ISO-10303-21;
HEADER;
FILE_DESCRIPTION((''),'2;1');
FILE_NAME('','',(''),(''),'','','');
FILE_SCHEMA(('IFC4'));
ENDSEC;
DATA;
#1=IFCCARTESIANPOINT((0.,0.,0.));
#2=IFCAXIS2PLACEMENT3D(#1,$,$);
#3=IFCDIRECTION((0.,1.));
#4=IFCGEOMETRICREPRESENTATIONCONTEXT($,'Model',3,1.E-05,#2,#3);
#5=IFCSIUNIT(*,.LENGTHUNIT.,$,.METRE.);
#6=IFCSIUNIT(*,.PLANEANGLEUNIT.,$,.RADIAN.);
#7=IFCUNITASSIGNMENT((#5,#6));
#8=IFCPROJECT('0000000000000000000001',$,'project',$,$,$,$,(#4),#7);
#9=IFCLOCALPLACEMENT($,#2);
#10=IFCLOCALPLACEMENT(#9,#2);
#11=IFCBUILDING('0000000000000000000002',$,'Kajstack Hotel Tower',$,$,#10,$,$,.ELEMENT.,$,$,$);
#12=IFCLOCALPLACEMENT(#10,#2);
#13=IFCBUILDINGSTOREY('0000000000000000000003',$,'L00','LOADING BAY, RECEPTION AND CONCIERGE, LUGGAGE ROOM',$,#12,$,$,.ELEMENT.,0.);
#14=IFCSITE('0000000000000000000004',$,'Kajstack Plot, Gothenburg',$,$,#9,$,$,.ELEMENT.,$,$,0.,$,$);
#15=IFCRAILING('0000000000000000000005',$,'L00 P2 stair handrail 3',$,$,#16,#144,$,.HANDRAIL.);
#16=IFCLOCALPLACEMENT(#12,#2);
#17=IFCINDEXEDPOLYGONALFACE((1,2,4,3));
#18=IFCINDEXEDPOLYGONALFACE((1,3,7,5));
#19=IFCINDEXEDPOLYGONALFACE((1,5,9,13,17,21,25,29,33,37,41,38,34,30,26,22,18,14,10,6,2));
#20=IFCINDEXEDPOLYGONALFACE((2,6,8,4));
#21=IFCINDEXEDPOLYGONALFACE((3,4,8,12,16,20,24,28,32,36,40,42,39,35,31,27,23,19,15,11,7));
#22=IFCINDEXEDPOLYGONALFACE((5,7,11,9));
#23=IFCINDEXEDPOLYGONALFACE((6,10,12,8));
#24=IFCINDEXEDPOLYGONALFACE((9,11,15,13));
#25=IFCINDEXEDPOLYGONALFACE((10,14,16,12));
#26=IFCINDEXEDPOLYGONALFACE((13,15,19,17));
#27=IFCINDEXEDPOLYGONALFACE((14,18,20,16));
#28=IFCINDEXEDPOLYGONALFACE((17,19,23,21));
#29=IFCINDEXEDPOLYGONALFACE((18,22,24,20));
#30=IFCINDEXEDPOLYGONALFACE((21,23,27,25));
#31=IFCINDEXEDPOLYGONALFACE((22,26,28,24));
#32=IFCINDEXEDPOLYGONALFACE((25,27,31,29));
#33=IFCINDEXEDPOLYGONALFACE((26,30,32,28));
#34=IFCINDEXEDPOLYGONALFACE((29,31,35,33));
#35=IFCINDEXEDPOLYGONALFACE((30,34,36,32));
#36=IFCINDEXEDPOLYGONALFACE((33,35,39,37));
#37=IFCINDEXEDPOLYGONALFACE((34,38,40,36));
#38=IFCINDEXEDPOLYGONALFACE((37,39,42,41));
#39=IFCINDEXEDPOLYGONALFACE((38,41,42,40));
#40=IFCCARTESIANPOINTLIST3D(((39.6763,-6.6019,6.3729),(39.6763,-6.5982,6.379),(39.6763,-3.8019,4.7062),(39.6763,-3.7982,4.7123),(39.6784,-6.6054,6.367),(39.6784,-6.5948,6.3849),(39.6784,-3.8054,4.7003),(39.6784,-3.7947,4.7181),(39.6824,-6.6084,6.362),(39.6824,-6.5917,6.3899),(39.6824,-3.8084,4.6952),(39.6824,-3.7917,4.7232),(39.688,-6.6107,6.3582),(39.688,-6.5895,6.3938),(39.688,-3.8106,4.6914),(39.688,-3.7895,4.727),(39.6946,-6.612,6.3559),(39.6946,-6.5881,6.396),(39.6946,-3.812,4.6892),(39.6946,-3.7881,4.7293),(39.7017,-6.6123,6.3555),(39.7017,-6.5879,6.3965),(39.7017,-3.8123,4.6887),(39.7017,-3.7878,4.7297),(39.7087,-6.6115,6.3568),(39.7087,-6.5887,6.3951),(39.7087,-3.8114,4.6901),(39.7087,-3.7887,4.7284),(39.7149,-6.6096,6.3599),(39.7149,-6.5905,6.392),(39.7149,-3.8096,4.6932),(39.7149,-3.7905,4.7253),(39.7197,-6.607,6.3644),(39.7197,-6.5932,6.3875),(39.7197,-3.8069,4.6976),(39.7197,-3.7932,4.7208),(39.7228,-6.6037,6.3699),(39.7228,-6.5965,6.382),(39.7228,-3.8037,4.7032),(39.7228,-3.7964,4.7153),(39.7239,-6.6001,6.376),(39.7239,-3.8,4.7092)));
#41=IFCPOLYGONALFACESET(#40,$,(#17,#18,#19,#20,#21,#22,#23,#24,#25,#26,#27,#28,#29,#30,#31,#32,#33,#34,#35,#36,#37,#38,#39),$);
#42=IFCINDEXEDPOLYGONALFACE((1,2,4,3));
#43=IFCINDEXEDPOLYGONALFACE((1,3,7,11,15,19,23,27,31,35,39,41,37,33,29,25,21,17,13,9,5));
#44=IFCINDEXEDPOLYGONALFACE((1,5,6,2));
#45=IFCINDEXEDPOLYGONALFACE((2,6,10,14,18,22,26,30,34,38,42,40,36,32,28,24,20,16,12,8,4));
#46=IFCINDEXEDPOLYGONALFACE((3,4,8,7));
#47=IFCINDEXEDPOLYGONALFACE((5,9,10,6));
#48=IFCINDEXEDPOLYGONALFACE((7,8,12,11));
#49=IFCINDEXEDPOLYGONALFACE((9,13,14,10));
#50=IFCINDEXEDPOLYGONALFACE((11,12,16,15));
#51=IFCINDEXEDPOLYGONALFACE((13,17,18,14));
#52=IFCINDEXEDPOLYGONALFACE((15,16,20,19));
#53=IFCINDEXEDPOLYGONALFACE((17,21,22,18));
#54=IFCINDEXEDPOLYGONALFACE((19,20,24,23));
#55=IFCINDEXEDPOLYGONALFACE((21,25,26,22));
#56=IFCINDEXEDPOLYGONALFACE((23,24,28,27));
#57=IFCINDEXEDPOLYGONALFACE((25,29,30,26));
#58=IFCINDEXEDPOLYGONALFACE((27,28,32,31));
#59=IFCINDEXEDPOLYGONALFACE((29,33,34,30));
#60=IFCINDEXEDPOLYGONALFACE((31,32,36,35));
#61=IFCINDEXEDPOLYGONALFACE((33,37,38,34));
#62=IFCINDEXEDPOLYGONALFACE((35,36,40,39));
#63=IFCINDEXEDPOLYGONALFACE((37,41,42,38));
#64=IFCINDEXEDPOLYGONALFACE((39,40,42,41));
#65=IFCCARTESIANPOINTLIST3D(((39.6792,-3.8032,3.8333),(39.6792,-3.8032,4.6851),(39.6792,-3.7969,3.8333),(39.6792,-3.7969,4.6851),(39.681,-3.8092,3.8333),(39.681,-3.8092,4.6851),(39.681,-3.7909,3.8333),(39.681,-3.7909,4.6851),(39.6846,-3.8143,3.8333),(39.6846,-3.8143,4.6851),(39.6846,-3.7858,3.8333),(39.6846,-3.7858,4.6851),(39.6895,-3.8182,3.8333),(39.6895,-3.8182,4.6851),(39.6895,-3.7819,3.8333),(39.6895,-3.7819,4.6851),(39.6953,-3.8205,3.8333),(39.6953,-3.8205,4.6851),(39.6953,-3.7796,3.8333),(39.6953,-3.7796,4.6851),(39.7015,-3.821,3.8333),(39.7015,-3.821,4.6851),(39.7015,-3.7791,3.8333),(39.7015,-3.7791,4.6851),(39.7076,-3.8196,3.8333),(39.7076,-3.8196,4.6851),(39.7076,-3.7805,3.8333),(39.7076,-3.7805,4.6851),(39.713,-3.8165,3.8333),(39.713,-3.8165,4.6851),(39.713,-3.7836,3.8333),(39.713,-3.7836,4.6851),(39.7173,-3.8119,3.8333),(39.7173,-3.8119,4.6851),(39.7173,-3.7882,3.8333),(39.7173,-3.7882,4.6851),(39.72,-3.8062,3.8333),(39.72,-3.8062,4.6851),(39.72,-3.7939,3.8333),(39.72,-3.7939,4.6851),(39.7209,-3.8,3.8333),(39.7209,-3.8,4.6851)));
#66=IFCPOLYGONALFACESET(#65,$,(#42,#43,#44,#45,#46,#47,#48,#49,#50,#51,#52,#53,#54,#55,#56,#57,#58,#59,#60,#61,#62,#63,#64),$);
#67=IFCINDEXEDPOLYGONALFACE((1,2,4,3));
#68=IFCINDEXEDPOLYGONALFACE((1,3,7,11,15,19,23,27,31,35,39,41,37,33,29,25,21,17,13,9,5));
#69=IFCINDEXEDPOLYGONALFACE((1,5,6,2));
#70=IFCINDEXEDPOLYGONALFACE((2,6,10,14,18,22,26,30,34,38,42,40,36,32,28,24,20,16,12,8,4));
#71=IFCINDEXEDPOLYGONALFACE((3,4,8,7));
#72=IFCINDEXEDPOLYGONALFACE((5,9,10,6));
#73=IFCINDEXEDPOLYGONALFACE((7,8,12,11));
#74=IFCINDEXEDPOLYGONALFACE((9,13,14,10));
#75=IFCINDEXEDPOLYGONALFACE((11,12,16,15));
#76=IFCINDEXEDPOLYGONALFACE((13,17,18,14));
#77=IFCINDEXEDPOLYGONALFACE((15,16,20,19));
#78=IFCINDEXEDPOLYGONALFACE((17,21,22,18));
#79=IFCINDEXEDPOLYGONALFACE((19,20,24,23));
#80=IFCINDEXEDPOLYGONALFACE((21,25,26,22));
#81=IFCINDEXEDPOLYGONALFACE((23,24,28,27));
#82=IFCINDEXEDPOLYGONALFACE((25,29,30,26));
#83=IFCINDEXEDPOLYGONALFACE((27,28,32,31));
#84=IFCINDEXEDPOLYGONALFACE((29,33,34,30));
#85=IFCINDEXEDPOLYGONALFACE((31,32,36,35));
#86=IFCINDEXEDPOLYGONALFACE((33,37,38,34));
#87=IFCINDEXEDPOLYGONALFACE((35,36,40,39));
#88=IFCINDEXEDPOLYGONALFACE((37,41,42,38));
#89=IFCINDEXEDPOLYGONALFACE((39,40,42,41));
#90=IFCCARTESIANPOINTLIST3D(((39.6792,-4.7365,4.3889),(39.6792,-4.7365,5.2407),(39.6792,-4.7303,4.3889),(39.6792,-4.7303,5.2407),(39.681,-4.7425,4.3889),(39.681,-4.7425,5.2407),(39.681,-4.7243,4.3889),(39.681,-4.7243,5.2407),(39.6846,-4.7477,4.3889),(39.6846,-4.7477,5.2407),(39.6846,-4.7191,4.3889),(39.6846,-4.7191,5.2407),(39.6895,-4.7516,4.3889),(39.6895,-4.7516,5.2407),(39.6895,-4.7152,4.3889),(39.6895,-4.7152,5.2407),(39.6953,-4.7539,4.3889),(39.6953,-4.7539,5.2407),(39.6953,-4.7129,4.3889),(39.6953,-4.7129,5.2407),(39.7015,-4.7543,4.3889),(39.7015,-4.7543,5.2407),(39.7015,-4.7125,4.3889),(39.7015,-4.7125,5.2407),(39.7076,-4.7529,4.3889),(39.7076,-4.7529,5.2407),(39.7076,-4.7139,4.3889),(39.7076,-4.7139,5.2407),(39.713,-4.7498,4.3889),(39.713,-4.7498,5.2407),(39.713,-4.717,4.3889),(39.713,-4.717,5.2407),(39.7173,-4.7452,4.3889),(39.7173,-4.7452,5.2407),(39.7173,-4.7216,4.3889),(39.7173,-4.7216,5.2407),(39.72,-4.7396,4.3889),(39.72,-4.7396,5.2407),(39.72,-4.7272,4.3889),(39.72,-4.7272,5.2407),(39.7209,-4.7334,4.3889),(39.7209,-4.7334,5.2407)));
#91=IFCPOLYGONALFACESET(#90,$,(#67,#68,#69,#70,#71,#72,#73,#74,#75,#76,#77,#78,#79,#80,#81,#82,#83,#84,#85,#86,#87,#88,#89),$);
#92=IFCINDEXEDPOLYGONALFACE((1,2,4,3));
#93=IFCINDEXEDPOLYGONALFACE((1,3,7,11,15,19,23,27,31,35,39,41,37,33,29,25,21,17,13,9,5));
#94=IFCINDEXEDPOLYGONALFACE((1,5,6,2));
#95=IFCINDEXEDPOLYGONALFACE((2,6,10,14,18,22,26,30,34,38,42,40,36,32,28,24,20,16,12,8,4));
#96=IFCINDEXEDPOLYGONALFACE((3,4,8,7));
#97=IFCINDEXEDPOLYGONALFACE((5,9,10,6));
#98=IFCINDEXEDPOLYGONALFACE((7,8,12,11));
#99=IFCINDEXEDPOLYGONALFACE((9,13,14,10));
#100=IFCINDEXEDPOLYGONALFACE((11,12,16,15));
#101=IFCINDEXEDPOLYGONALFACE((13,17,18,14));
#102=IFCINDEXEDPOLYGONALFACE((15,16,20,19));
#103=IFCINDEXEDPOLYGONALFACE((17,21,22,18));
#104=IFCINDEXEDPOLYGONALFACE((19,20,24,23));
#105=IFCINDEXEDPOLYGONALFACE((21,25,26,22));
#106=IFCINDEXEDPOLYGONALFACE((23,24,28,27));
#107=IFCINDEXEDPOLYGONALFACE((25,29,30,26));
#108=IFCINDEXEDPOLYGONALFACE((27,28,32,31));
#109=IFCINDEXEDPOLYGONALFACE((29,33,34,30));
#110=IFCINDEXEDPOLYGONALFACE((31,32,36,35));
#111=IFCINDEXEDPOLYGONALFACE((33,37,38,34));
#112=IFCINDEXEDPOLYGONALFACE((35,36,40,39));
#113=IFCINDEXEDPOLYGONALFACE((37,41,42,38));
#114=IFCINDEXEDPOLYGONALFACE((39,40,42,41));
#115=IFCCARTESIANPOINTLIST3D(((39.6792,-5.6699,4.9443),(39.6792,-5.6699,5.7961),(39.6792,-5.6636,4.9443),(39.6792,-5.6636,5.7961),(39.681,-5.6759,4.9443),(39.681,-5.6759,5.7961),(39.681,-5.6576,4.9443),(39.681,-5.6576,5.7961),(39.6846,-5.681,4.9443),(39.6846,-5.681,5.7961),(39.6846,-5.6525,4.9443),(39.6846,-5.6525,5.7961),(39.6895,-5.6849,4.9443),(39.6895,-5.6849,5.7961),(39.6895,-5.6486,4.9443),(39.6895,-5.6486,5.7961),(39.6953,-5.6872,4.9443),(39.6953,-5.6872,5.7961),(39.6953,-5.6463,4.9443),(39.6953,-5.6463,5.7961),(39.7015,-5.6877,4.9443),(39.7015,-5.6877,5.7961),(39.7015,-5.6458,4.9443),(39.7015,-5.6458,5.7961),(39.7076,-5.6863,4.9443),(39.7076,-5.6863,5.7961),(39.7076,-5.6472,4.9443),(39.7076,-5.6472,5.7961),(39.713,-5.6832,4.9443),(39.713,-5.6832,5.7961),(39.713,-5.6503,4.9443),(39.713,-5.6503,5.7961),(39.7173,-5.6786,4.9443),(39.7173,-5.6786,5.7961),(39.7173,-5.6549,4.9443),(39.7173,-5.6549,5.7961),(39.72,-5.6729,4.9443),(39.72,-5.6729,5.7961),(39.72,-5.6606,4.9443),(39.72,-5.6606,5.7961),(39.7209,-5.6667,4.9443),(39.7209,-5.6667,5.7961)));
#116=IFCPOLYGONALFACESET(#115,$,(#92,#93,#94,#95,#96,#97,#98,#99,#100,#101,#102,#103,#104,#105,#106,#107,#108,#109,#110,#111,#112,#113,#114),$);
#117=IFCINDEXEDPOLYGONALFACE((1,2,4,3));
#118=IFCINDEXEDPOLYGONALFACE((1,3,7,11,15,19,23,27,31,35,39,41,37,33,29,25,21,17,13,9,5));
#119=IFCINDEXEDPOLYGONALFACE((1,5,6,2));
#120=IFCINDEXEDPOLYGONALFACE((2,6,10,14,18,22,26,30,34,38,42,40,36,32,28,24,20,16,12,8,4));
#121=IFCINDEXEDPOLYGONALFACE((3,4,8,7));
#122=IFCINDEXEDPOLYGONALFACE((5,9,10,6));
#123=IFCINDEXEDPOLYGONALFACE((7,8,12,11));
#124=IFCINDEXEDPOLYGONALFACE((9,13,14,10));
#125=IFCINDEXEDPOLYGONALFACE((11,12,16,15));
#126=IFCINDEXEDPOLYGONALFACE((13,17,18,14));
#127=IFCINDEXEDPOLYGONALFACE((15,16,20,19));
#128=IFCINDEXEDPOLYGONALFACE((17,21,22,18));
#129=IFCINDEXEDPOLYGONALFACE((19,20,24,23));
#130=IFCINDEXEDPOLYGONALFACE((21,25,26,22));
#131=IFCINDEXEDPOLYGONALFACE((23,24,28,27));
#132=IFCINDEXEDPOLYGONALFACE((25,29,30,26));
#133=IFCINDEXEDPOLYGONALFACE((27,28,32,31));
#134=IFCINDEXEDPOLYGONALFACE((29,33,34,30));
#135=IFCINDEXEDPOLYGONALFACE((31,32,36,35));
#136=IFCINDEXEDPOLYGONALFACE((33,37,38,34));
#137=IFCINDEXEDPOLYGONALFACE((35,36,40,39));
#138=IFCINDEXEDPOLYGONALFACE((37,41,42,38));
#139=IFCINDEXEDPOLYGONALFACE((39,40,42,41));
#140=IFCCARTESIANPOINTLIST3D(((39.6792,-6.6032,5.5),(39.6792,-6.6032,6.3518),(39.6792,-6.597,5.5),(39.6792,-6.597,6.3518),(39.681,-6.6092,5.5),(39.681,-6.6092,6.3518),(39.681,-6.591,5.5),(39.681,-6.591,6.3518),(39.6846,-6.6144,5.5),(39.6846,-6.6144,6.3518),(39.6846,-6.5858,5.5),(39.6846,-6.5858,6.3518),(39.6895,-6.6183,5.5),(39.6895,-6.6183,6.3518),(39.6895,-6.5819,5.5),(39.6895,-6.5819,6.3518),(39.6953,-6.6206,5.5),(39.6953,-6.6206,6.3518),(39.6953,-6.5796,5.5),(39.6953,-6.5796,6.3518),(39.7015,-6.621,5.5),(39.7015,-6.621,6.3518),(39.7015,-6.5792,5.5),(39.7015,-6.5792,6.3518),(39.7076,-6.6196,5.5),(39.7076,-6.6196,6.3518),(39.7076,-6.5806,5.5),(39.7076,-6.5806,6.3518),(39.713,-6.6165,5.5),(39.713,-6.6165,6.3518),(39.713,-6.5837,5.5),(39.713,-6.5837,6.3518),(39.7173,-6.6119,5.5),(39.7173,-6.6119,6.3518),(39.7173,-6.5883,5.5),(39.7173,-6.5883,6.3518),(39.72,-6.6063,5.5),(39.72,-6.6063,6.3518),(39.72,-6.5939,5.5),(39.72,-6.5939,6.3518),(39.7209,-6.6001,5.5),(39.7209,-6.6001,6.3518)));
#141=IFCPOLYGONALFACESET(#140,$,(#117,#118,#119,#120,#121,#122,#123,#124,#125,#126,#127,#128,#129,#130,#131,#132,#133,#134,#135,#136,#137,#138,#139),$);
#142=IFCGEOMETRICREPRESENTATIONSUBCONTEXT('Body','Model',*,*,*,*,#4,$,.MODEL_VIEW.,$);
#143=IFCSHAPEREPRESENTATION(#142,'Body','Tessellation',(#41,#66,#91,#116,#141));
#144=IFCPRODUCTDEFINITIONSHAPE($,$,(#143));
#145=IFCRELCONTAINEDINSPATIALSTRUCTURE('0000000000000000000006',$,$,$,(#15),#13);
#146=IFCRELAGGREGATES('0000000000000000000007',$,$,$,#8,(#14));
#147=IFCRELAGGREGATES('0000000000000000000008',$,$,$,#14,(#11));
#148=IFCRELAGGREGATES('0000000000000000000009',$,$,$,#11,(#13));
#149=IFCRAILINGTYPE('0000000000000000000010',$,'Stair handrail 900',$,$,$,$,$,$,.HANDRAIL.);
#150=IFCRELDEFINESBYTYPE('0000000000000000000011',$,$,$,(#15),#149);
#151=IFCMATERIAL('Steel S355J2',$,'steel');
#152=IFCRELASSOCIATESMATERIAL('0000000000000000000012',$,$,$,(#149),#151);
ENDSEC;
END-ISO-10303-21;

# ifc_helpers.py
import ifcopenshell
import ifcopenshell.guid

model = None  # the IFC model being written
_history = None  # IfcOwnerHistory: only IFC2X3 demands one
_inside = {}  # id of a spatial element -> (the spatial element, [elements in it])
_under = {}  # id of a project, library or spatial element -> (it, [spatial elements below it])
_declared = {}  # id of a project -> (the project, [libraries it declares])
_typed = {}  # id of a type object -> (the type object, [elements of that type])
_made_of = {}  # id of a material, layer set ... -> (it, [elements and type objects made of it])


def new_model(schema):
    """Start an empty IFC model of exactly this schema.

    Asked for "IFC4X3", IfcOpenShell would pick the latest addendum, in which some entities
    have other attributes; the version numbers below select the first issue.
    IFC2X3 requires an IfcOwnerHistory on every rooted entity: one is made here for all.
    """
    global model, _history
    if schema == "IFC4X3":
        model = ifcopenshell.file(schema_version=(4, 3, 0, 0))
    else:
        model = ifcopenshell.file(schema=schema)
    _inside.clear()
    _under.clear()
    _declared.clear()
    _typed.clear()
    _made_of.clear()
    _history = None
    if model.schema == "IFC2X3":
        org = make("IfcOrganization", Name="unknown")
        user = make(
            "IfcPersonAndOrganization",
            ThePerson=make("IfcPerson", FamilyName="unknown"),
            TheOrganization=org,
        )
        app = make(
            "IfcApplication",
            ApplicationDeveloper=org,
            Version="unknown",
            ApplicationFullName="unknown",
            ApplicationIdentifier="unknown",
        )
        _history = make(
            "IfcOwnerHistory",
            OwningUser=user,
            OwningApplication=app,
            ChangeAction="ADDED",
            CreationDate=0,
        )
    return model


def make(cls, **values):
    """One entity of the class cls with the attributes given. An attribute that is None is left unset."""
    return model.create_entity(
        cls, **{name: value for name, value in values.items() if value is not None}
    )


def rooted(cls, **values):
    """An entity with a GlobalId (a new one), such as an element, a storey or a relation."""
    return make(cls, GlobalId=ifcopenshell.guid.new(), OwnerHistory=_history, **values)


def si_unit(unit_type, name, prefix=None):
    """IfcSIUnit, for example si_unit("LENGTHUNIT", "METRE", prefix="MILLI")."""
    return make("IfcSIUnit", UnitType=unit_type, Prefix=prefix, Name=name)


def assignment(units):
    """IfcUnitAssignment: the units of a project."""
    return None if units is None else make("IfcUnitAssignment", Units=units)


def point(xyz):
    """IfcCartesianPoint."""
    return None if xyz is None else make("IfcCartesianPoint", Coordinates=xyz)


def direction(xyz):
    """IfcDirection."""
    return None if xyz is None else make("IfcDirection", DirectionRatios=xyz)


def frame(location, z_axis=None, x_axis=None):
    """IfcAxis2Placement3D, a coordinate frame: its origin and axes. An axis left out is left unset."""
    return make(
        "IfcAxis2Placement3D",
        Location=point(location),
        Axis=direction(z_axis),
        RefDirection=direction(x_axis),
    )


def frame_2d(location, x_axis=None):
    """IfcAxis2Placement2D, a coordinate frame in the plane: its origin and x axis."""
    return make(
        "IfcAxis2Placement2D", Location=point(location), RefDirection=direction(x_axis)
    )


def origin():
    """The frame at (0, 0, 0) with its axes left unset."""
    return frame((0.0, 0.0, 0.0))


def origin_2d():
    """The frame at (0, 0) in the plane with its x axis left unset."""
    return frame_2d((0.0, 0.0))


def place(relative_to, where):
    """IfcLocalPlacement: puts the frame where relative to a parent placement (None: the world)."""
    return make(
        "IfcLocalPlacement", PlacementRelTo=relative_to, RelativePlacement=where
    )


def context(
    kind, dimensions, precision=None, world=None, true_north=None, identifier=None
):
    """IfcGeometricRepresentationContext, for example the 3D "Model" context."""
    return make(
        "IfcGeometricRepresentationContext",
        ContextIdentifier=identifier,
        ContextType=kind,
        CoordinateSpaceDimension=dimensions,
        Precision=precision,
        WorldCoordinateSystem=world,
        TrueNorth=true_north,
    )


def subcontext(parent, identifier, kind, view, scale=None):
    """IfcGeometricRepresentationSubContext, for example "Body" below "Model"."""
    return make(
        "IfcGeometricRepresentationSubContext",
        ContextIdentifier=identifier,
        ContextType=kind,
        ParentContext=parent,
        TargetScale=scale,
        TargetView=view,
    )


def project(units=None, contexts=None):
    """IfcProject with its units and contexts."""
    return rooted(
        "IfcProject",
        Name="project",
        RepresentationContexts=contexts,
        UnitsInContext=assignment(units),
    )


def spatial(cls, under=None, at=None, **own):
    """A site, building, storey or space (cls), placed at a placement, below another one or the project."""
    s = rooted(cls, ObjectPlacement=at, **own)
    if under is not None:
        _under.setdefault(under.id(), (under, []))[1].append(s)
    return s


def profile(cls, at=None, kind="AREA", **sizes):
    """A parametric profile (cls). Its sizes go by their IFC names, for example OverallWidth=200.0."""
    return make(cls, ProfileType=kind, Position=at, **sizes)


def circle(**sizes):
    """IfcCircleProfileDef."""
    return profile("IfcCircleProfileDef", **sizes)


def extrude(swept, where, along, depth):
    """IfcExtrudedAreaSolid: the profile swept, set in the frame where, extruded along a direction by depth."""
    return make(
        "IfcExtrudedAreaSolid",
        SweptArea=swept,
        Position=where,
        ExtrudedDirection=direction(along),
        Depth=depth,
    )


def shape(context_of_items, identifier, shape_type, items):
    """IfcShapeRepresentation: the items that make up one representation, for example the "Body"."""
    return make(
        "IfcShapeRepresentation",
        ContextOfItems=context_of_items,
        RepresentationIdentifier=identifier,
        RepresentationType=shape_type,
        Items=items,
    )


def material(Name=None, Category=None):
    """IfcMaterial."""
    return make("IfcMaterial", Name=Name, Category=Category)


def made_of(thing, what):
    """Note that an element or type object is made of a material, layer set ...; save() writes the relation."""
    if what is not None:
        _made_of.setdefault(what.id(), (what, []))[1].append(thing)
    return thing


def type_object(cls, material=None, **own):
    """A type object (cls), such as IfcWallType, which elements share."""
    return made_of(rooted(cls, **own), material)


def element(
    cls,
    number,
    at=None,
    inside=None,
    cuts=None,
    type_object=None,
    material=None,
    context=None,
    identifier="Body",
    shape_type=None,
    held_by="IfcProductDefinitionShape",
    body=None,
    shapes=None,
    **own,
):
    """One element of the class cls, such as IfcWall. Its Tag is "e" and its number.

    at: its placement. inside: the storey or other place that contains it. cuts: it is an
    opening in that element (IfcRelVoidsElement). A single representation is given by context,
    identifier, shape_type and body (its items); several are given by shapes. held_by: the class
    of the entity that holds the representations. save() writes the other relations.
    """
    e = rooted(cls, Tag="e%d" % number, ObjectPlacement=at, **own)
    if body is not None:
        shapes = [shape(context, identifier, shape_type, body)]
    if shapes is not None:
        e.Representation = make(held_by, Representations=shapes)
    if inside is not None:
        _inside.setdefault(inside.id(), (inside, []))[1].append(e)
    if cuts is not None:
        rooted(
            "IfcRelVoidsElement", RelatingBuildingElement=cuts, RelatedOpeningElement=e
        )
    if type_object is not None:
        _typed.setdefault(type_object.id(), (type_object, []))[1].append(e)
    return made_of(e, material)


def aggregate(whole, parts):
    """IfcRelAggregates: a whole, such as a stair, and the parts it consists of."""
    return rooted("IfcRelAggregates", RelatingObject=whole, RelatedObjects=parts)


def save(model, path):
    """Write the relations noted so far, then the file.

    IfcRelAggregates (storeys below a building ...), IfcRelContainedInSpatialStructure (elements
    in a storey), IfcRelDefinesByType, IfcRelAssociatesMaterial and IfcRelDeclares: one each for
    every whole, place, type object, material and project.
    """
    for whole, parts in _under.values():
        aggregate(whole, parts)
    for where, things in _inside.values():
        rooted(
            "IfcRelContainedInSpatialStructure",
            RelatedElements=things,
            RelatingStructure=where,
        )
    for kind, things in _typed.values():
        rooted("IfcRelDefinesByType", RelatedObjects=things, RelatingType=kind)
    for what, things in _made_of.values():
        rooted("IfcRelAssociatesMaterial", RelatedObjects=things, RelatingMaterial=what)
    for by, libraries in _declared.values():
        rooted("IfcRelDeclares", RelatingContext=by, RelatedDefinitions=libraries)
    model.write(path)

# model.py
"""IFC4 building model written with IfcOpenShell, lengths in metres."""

from ifc_helpers import new_model, si_unit, direction, frame, origin, origin_2d, place, context, subcontext, project, spatial, circle, extrude, material, type_object, element, save


model = new_model("IFC4")

# Units and contexts
model_context = context("Model", 3, precision=1e-05, world=origin(), true_north=direction((0.0, 1.0)))
body_context = subcontext(model_context, "Body", "Model", "MODEL_VIEW")
ifc_project = project(units=[si_unit("LENGTHUNIT", "METRE"), si_unit("PLANEANGLEUNIT", "RADIAN")], contexts=[model_context])

# Site, building, storey
site_placement = place(None, origin())
site = spatial("IfcSite", under=ifc_project, at=site_placement, Name="Kajstack Plot, Gothenburg", CompositionType="ELEMENT", RefElevation=0.0)
building_placement = place(site_placement, origin())
building = spatial("IfcBuilding", under=site, at=building_placement, Name="Kajstack Hotel Tower", CompositionType="ELEMENT")
storey_placement = place(building_placement, origin())
storey = spatial("IfcBuildingStorey", under=building, at=storey_placement, Name="L00", Description="LOADING BAY, RECEPTION AND CONCIERGE, LUGGAGE ROOM", CompositionType="ELEMENT", Elevation=0.0)

# Railing
ifc_material_1 = material(Name="Steel S355J2", Category="steel")
railing_type_1 = type_object("IfcRailingType", Name="Stair handrail 900", PredefinedType="HANDRAIL", material=ifc_material_1)
railing_1_placement = place(storey_placement, frame((39.7, -3.8, 3.8333)))
element("IfcRailing", 1, at=railing_1_placement, inside=storey, type_object=railing_type_1, Name="L00 P2 stair handrail 3", PredefinedType="HANDRAIL", context=body_context, shape_type="SweptSolid", body=[
    extrude(circle(Radius=0.0239, at=origin_2d()), frame((0.0, 0.0, 0.876), z_axis=(0.0, -0.859286, 0.511496), x_axis=(1.0, 0.0, 0.0)), (0.0, 0.0, 1.0), 3.2585),
    extrude(circle(Radius=0.021, at=origin_2d()), origin(), (0.0, 0.0, 1.0), 0.8518),
    extrude(circle(Radius=0.021, at=origin_2d()), frame((0.0, -0.9333, 0.5557)), (0.0, 0.0, 1.0), 0.8518),
    extrude(circle(Radius=0.021, at=origin_2d()), frame((0.0, -1.8667, 1.1111)), (0.0, 0.0, 1.0), 0.8518),
    extrude(circle(Radius=0.021, at=origin_2d()), frame((0.0, -2.8, 1.6667)), (0.0, 0.0, 1.0), 0.8518),
])

save(model, "model.ifc")
